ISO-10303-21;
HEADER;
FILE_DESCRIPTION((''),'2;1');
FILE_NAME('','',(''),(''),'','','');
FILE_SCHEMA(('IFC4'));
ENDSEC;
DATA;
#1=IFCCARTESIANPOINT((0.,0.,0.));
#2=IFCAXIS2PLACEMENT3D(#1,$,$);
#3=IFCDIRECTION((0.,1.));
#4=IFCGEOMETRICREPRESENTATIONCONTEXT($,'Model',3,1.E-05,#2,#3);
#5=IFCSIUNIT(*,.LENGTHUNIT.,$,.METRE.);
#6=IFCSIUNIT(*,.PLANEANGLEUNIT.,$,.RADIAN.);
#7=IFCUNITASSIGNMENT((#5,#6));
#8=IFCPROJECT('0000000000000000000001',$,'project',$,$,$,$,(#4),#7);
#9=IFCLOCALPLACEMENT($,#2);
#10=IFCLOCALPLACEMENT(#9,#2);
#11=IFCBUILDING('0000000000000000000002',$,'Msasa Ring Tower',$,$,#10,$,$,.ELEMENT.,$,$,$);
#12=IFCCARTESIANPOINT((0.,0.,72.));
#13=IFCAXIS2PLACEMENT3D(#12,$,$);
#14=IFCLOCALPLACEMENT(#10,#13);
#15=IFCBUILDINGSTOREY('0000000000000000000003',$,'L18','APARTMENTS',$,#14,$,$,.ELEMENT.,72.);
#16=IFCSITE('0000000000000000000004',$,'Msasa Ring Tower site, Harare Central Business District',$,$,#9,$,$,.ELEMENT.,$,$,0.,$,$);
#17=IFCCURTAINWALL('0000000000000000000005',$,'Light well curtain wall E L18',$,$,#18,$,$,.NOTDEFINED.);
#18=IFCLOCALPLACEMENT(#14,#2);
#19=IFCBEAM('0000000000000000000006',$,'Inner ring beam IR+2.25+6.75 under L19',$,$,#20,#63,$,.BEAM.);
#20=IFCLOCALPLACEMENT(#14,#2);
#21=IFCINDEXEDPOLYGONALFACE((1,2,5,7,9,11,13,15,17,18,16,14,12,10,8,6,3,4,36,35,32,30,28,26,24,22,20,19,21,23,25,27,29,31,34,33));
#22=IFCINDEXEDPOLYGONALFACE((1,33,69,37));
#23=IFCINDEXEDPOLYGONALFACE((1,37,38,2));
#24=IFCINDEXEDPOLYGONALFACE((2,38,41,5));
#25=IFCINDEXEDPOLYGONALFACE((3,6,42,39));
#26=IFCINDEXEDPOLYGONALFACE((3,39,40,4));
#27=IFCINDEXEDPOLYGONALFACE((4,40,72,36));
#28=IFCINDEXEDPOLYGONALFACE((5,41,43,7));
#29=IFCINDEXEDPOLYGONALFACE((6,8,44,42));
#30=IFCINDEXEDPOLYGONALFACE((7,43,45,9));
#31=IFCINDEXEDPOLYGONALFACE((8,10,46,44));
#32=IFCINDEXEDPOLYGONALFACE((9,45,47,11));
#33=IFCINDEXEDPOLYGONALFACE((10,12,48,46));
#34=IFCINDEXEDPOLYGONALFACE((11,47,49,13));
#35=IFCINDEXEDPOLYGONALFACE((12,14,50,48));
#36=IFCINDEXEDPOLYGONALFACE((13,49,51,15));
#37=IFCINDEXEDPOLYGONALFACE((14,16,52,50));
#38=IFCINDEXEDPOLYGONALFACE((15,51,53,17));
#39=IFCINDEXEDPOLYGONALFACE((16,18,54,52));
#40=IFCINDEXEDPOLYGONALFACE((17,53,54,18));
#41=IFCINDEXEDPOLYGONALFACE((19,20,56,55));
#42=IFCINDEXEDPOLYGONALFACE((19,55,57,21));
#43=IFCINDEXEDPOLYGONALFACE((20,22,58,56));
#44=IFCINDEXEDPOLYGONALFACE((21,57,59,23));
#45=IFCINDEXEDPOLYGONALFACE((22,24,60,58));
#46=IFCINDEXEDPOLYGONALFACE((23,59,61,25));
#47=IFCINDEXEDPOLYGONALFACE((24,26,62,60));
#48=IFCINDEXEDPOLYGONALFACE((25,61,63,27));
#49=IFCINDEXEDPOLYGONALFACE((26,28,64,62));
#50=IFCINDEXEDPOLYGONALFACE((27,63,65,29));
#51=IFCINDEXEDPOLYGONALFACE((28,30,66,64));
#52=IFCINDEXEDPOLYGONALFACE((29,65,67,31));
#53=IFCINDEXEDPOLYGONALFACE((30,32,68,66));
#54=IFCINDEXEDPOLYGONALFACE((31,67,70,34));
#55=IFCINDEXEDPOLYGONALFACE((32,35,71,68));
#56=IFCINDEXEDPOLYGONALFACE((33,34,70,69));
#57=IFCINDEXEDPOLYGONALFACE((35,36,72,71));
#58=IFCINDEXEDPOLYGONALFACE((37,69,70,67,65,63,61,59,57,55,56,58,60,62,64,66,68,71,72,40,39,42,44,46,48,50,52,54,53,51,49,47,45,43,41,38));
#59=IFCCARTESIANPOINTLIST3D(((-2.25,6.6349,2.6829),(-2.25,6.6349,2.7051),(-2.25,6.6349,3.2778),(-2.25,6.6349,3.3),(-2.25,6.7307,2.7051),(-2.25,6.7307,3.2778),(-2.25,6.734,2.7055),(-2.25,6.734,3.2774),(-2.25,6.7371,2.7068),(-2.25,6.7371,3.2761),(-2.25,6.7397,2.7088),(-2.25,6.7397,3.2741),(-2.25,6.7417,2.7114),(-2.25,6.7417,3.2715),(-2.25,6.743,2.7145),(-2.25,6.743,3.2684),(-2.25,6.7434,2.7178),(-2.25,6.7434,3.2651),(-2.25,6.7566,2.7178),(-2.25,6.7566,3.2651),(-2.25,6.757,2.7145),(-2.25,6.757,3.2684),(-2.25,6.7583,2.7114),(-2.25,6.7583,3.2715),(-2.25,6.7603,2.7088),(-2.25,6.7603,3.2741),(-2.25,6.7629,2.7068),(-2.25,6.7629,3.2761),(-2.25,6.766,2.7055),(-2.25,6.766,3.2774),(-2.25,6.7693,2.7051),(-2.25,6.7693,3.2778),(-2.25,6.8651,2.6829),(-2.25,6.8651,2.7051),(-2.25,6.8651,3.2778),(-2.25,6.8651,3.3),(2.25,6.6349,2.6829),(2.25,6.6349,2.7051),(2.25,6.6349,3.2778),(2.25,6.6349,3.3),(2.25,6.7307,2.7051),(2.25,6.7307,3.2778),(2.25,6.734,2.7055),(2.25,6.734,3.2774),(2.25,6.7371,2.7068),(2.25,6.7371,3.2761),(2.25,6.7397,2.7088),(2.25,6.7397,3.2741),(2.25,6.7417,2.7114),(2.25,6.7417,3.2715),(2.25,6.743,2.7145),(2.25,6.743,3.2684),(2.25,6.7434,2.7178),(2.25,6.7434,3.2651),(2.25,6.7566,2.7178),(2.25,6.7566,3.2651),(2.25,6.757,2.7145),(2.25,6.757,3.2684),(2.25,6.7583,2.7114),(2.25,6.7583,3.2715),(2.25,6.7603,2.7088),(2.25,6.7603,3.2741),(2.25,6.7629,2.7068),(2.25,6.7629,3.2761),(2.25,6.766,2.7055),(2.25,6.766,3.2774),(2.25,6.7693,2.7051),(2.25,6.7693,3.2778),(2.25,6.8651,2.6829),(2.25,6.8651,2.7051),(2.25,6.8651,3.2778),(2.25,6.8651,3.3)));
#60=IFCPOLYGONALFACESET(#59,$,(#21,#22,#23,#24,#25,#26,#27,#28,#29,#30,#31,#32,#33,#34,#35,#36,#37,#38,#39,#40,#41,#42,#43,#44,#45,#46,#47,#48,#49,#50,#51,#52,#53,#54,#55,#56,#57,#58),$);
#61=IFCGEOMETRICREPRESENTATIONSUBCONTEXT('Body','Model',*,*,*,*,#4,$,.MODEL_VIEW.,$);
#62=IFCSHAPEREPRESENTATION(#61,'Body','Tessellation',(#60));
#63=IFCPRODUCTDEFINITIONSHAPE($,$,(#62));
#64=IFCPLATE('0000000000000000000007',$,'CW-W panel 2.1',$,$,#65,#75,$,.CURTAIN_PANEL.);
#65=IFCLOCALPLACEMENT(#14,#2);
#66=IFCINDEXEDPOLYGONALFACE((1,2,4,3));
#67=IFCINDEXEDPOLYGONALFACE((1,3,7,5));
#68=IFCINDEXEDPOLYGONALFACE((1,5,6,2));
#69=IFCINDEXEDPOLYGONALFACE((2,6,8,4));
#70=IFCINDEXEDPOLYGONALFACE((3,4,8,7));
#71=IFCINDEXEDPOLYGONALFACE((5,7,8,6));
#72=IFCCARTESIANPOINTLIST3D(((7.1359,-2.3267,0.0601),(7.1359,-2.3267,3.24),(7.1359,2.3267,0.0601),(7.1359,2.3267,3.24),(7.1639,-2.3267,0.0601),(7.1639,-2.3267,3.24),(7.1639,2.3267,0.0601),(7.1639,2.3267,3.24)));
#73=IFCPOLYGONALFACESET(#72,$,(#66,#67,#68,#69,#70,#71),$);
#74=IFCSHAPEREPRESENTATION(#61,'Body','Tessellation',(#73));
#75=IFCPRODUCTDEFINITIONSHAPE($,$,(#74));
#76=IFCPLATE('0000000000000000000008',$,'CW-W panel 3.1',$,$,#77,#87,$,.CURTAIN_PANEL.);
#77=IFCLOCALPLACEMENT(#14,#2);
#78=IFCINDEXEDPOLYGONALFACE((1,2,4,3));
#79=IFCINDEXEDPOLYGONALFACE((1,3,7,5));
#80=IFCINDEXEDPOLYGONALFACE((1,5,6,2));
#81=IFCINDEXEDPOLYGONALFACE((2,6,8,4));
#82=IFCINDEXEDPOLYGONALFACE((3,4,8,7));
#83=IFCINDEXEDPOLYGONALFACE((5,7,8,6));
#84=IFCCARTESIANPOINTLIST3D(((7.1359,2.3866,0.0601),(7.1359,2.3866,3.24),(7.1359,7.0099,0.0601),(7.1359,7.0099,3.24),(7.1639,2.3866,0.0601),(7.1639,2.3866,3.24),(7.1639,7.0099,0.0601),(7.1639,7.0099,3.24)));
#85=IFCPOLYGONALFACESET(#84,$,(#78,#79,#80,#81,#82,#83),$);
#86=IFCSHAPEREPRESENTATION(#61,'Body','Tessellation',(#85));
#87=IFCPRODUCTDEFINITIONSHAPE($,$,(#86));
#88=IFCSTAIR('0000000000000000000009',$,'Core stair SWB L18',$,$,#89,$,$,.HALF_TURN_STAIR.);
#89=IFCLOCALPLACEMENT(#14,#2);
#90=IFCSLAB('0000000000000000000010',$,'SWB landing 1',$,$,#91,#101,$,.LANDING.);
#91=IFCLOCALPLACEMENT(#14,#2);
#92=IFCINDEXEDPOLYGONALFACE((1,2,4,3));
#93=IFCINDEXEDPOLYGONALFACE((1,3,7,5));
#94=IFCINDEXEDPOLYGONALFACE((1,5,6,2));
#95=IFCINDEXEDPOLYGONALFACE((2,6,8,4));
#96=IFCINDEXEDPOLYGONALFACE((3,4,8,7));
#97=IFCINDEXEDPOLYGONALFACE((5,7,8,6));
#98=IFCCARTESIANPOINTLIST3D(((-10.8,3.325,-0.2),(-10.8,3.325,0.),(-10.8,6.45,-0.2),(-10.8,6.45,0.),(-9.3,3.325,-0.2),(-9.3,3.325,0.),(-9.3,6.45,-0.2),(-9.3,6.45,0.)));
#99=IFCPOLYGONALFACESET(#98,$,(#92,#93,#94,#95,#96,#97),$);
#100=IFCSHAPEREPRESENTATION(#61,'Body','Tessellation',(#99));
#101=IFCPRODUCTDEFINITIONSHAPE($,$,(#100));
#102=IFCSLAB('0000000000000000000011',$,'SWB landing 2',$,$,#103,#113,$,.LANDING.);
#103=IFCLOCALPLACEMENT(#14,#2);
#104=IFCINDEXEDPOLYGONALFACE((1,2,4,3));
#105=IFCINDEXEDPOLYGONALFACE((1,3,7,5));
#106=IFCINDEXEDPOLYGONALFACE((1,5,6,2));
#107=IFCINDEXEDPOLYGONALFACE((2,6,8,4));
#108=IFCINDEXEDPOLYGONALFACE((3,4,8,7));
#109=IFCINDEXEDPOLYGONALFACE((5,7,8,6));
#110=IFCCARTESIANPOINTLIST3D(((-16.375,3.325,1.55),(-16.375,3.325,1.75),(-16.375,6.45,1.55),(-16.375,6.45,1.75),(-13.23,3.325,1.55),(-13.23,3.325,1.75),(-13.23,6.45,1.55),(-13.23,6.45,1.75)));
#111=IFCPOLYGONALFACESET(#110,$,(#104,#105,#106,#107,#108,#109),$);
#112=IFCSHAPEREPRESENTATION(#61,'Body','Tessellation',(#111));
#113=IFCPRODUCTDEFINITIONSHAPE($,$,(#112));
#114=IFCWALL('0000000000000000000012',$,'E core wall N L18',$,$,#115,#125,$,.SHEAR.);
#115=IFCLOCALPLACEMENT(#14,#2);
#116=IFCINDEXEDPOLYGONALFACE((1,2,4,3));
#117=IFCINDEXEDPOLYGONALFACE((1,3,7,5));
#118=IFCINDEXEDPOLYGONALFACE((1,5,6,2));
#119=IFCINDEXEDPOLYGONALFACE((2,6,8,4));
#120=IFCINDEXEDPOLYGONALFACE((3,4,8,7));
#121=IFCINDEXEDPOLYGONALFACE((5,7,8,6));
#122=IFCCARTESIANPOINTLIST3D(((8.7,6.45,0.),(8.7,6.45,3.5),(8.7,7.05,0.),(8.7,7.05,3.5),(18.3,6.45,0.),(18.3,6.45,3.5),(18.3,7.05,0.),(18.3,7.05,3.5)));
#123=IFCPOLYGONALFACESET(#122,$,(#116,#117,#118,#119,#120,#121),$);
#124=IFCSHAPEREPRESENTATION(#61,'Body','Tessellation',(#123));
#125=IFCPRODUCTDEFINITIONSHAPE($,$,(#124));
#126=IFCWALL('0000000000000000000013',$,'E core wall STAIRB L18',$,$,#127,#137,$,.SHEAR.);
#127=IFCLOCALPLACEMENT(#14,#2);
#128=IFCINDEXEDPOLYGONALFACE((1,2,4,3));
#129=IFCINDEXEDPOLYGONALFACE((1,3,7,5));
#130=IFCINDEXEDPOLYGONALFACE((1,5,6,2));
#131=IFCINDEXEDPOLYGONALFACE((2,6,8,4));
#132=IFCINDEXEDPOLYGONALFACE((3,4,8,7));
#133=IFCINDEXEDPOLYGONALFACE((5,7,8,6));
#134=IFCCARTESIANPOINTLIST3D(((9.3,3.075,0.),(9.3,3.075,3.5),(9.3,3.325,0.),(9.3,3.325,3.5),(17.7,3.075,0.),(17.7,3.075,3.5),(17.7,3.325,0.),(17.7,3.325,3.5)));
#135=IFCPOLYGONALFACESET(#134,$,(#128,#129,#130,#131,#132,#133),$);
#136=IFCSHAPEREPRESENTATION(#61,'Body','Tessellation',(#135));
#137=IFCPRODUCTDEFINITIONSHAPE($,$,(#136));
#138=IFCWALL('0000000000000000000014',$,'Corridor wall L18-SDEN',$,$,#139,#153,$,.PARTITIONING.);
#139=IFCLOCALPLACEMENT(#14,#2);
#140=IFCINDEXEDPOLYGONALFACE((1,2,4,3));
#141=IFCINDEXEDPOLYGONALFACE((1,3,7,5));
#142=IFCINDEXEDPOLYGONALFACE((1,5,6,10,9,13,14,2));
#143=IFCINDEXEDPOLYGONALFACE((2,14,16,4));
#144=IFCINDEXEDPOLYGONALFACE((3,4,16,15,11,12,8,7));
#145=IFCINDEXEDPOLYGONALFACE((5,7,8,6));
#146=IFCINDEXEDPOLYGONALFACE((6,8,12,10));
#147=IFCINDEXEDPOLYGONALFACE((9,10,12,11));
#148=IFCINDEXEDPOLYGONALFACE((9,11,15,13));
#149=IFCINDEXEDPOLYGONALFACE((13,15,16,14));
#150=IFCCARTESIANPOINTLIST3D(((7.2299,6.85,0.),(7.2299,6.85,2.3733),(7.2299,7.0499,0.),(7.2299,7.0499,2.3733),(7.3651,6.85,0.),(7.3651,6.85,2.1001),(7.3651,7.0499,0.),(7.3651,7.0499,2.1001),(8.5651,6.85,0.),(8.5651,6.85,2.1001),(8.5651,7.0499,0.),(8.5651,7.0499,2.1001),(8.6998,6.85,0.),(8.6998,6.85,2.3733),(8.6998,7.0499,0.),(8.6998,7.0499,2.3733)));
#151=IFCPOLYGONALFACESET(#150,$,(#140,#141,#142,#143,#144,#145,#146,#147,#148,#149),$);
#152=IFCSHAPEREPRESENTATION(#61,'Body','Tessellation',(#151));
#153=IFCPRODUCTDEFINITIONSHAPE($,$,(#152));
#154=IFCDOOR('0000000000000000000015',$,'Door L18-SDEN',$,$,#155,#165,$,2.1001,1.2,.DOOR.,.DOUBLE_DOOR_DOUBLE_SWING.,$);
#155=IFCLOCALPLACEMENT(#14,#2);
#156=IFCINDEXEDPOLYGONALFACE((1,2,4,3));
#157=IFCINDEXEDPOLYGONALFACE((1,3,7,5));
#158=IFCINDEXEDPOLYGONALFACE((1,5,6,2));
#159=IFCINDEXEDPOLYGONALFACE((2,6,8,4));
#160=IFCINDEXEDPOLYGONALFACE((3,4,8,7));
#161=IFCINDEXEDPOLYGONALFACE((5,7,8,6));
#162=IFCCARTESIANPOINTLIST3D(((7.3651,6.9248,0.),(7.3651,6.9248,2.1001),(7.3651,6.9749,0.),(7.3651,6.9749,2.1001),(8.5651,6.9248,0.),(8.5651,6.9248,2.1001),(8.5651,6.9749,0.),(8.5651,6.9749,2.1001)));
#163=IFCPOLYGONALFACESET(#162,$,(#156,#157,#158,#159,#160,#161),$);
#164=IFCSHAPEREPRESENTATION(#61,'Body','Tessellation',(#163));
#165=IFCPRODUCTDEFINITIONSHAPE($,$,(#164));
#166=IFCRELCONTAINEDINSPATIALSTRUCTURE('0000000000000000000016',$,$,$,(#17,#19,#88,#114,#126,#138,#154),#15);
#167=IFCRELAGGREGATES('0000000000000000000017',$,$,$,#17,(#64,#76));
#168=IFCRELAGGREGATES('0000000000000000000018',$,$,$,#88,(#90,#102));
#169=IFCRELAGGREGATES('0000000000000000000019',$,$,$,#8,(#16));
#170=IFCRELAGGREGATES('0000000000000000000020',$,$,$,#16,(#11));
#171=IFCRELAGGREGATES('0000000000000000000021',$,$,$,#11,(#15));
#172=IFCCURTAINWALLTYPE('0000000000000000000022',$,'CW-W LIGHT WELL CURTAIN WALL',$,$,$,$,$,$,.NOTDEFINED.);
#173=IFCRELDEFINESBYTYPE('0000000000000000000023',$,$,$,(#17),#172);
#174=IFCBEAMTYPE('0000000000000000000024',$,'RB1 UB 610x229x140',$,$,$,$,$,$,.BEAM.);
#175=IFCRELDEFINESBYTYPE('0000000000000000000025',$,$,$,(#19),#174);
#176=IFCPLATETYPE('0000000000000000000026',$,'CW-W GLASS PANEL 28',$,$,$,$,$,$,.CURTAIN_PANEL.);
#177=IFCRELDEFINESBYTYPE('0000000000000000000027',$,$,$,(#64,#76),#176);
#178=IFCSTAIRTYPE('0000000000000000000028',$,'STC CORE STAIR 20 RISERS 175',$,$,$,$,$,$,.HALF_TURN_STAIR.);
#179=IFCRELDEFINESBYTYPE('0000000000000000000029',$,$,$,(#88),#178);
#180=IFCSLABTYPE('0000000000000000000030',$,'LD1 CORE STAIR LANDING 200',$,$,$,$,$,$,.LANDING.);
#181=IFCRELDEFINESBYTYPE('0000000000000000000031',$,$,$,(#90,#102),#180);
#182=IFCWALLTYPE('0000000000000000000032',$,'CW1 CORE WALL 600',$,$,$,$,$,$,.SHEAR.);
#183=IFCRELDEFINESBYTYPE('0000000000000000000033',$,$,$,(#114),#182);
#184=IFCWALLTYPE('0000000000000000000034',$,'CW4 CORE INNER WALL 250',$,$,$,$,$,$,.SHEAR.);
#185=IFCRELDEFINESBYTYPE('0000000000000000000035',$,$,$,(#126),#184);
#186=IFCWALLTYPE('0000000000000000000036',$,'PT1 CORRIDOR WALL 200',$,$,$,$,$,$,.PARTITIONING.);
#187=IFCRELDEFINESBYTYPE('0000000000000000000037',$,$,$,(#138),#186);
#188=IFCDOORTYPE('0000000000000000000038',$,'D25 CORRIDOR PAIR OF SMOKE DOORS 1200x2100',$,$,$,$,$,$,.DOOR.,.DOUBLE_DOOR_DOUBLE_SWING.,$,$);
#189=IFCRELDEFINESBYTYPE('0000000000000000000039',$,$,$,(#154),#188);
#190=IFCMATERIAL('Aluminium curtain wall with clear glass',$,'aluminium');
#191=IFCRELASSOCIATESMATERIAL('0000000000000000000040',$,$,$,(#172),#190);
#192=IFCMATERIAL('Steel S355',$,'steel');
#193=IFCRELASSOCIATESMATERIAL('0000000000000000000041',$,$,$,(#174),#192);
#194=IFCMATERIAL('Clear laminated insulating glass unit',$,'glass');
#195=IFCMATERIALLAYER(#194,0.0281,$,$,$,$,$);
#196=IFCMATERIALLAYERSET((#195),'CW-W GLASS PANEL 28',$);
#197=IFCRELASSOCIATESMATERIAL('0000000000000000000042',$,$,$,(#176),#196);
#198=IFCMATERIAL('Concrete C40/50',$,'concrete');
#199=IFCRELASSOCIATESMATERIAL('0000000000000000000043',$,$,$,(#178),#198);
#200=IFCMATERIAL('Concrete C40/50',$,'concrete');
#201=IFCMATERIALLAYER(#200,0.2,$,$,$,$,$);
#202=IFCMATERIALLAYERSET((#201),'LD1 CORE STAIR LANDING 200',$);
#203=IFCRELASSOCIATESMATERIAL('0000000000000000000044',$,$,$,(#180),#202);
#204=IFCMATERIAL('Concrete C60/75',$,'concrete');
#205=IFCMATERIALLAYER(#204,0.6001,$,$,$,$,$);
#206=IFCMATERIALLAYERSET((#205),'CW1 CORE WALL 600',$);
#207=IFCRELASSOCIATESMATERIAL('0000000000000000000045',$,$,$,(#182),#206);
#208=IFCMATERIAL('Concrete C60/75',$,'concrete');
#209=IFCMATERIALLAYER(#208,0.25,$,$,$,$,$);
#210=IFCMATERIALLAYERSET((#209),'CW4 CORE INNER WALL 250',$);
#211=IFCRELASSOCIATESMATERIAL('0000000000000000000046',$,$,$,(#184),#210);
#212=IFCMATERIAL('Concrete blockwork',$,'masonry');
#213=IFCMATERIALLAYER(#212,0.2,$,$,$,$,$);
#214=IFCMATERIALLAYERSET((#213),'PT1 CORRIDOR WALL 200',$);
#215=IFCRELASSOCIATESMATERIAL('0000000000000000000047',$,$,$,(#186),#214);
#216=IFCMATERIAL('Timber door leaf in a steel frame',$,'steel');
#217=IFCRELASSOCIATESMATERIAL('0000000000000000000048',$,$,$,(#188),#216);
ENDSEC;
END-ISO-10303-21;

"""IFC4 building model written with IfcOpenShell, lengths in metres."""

from ifc_helpers import new_model, si_unit, direction, frame, frame_2d, origin, origin_2d, place, context, subcontext, project, spatial, polyline, rectangle, i_section, outline, extrude, material, layer, layer_set, material_profile, profile_set, type_object, element, fill, aggregate, save


model = new_model("IFC4")

# Units and contexts
model_context = context("Model", 3, precision=1e-05, world=origin(), true_north=direction((0.0, 1.0)))
body_context = subcontext(model_context, "Body", "Model", "MODEL_VIEW")
ifc_project = project(units=[si_unit("LENGTHUNIT", "METRE"), si_unit("PLANEANGLEUNIT", "RADIAN")], contexts=[model_context])

# Site, building, storey
site_placement = place(None, origin())
site = spatial("IfcSite", under=ifc_project, at=site_placement, Name="Msasa Ring Tower site, Harare Central Business District", CompositionType="ELEMENT", RefElevation=0.0)
building_placement = place(site_placement, origin())
building = spatial("IfcBuilding", under=site, at=building_placement, Name="Msasa Ring Tower", CompositionType="ELEMENT")
storey_placement = place(building_placement, frame((0.0, 0.0, 72.0)))
storey = spatial("IfcBuildingStorey", under=building, at=storey_placement, Name="L18", Description="APARTMENTS", CompositionType="ELEMENT", Elevation=72.0)

# Curtain wall
ifc_material_1 = material(Name="Aluminium curtain wall with clear glass", Category="aluminium")
curtain_wall_type = type_object("IfcCurtainWallType", Name="CW-W LIGHT WELL CURTAIN WALL", PredefinedType="NOTDEFINED", material=ifc_material_1)
curtain_wall_placement = place(storey_placement, origin())
curtain_wall = element("IfcCurtainWall", 1, at=curtain_wall_placement, inside=storey, type_object=curtain_wall_type, Name="Light well curtain wall E L18", PredefinedType="NOTDEFINED")

# Beam
ifc_material_2 = material(Name="Steel S355", Category="steel")
ifc_material_profile_1 = material_profile(ifc_material_2, i_section(OverallWidth=0.2302, OverallDepth=0.6172, WebThickness=0.0132, FlangeThickness=0.0222, FilletRadius=0.0127, at=origin_2d()), Name="UB 610x229x140")
ifc_profile_set_1 = profile_set([ifc_material_profile_1], Name="Steel S355")
beam_type = type_object("IfcBeamType", Name="RB1 UB 610x229x140", PredefinedType="BEAM", material=ifc_profile_set_1)
for number, where, z_axis, x_axis, name in (
    (2, (2.25, 6.75, 2.9915), (-1.0, 0.0, 0.0), (0.0, -1.0, 0.0), "Inner ring beam IR+2.25+6.75 under L19"),
):
    element("IfcBeam", number, at=place(storey_placement, frame(where, z_axis=z_axis, x_axis=x_axis)), inside=storey, type_object=beam_type, Name=name, PredefinedType="BEAM", context=body_context, shape_type="SweptSolid", body=[
        extrude(i_section(OverallWidth=0.2302, OverallDepth=0.6172, WebThickness=0.0132, FlangeThickness=0.0222, FilletRadius=0.0127, at=origin_2d()), origin(), (0.0, 0.0, 1.0), 4.5),
    ])

# Plates
ifc_material_3 = material(Name="Clear laminated insulating glass unit", Category="glass")
ifc_layer_1 = layer(ifc_material_3, 0.0281)
ifc_layer_set_1 = layer_set([ifc_layer_1], Name="CW-W GLASS PANEL 28")
plate_type = type_object("IfcPlateType", Name="CW-W GLASS PANEL 28", PredefinedType="CURTAIN_PANEL", material=ifc_layer_set_1)
plate_1_placement = place(storey_placement, frame((7.1499, 0.0, 0.0601), z_axis=(0.0, 0.0, 1.0), x_axis=(0.0, 1.0, 0.0)))
plate_1 = element("IfcPlate", 3, at=plate_1_placement, type_object=plate_type, Name="CW-W panel 2.1", PredefinedType="CURTAIN_PANEL", context=body_context, shape_type="SweptSolid", body=[
    extrude(rectangle(XDim=4.6533, YDim=0.0281, at=origin_2d()), origin(), (0.0, 0.0, 1.0), 3.1799),
])
plate_2_placement = place(storey_placement, frame((7.1499, 4.6982, 0.0601), z_axis=(0.0, 0.0, 1.0), x_axis=(0.0, 1.0, 0.0)))
plate_2 = element("IfcPlate", 4, at=plate_2_placement, type_object=plate_type, Name="CW-W panel 3.1", PredefinedType="CURTAIN_PANEL", context=body_context, shape_type="SweptSolid", body=[
    extrude(rectangle(XDim=4.6233, YDim=0.0281, at=origin_2d()), origin(), (0.0, 0.0, 1.0), 3.1799),
])
aggregate(curtain_wall, [plate_1, plate_2])

# Stair, slabs
ifc_material_4 = material(Name="Concrete C40/50", Category="concrete")
stair_type = type_object("IfcStairType", Name="STC CORE STAIR 20 RISERS 175", PredefinedType="HALF_TURN_STAIR", material=ifc_material_4)
stair_1_placement = place(storey_placement, origin())
stair_1 = element("IfcStair", 5, at=stair_1_placement, inside=storey, type_object=stair_type, Name="Core stair SWB L18", PredefinedType="HALF_TURN_STAIR")
ifc_material_5 = material(Name="Concrete C40/50", Category="concrete")
ifc_layer_2 = layer(ifc_material_5, 0.2)
ifc_layer_set_2 = layer_set([ifc_layer_2], Name="LD1 CORE STAIR LANDING 200")
slab_type = type_object("IfcSlabType", Name="LD1 CORE STAIR LANDING 200", PredefinedType="LANDING", material=ifc_layer_set_2)
slab_1_placement = place(storey_placement, frame((0.0, 0.0, -0.2)))
slab_1 = element("IfcSlab", 6, at=slab_1_placement, type_object=slab_type, Name="SWB landing 1", PredefinedType="LANDING", context=body_context, shape_type="SweptSolid", body=[
    extrude(outline(polyline([(-10.8, 3.325), (-9.3, 3.325), (-9.3, 6.45), (-10.8, 6.45), (-10.8, 3.325)])), origin(), (0.0, 0.0, 1.0), 0.2),
])
slab_2_placement = place(storey_placement, frame((0.0, 0.0, 1.55)))
slab_2 = element("IfcSlab", 7, at=slab_2_placement, type_object=slab_type, Name="SWB landing 2", PredefinedType="LANDING", context=body_context, shape_type="SweptSolid", body=[
    extrude(outline(polyline([(-16.375, 3.325), (-13.23, 3.325), (-13.23, 6.45), (-16.375, 6.45), (-16.375, 3.325)])), origin(), (0.0, 0.0, 1.0), 0.2),
])
aggregate(stair_1, [slab_1, slab_2])

# Walls
ifc_material_6 = material(Name="Concrete C60/75", Category="concrete")
ifc_layer_3 = layer(ifc_material_6, 0.6001)
ifc_layer_set_3 = layer_set([ifc_layer_3], Name="CW1 CORE WALL 600")
wall_type_1 = type_object("IfcWallType", Name="CW1 CORE WALL 600", PredefinedType="SHEAR", material=ifc_layer_set_3)
wall_1_placement = place(storey_placement, frame((8.7, 6.75, 0.0), z_axis=(0.0, 0.0, 1.0), x_axis=(1.0, 0.0, 0.0)))
element("IfcWall", 8, at=wall_1_placement, inside=storey, type_object=wall_type_1, Name="E core wall N L18", PredefinedType="SHEAR", context=body_context, shape_type="SweptSolid", body=[
    extrude(rectangle(XDim=9.6001, YDim=0.6001, at=frame_2d((4.8, 0.0))), origin(), (0.0, 0.0, 1.0), 3.5),
])
ifc_material_7 = material(Name="Concrete C60/75", Category="concrete")
ifc_layer_4 = layer(ifc_material_7, 0.25)
ifc_layer_set_4 = layer_set([ifc_layer_4], Name="CW4 CORE INNER WALL 250")
wall_type_2 = type_object("IfcWallType", Name="CW4 CORE INNER WALL 250", PredefinedType="SHEAR", material=ifc_layer_set_4)
wall_2_placement = place(storey_placement, frame((9.3, 3.2, 0.0), z_axis=(0.0, 0.0, 1.0), x_axis=(1.0, 0.0, 0.0)))
element("IfcWall", 9, at=wall_2_placement, inside=storey, type_object=wall_type_2, Name="E core wall STAIRB L18", PredefinedType="SHEAR", context=body_context, shape_type="SweptSolid", body=[
    extrude(rectangle(XDim=8.3999, YDim=0.25, at=frame_2d((4.2, 0.0))), origin(), (0.0, 0.0, 1.0), 3.5),
])

# Wall, opening, door
ifc_material_8 = material(Name="Concrete blockwork", Category="masonry")
ifc_layer_5 = layer(ifc_material_8, 0.2)
ifc_layer_set_5 = layer_set([ifc_layer_5], Name="PT1 CORRIDOR WALL 200")
wall_type_3 = type_object("IfcWallType", Name="PT1 CORRIDOR WALL 200", PredefinedType="PARTITIONING", material=ifc_layer_set_5)
wall_3_placement = place(storey_placement, frame((7.23, 6.95, 0.0), z_axis=(0.0, 0.0, 1.0), x_axis=(1.0, 0.0, 0.0)))
wall_3 = element("IfcWall", 10, at=wall_3_placement, inside=storey, type_object=wall_type_3, Name="Corridor wall L18-SDEN", PredefinedType="PARTITIONING", context=body_context, shape_type="SweptSolid", body=[
    extrude(rectangle(XDim=1.47, YDim=0.2, at=frame_2d((0.7349, 0.0))), origin(), (0.0, 0.0, 1.0), 2.3733),
])
opening_placement = place(wall_3_placement, frame((0.135, 0.0, 0.0)))
opening = element("IfcOpeningElement", 11, at=opening_placement, cuts=wall_3, PredefinedType="OPENING", context=body_context, shape_type="SweptSolid", body=[
    extrude(rectangle(XDim=1.2, YDim=2.1001, at=frame_2d((0.6001, 1.05))), frame((0.0, 0.1099, 0.0), z_axis=(0.0, -1.0, 0.0), x_axis=(1.0, 0.0, 0.0)), (0.0, 0.0, 1.0), 0.22),
])
ifc_material_9 = material(Name="Timber door leaf in a steel frame", Category="steel")
door_type = type_object("IfcDoorType", Name="D25 CORRIDOR PAIR OF SMOKE DOORS 1200x2100", OperationType="DOUBLE_DOOR_DOUBLE_SWING", PredefinedType="DOOR", material=ifc_material_9)
door_placement = place(opening_placement, origin())
door = element("IfcDoor", 12, at=door_placement, inside=storey, type_object=door_type, Name="Door L18-SDEN", OperationType="DOUBLE_DOOR_DOUBLE_SWING", OverallHeight=2.1001, OverallWidth=1.2, PredefinedType="DOOR", context=body_context, shape_type="SweptSolid", body=[
    extrude(rectangle(XDim=1.2, YDim=2.1001, at=frame_2d((0.6001, 1.05))), frame((0.0, 0.0249, 0.0), z_axis=(0.0, -1.0, 0.0), x_axis=(1.0, 0.0, 0.0)), (0.0, 0.0, 1.0), 0.05),
])
fill(opening, door)

save(model, "model.ifc")
